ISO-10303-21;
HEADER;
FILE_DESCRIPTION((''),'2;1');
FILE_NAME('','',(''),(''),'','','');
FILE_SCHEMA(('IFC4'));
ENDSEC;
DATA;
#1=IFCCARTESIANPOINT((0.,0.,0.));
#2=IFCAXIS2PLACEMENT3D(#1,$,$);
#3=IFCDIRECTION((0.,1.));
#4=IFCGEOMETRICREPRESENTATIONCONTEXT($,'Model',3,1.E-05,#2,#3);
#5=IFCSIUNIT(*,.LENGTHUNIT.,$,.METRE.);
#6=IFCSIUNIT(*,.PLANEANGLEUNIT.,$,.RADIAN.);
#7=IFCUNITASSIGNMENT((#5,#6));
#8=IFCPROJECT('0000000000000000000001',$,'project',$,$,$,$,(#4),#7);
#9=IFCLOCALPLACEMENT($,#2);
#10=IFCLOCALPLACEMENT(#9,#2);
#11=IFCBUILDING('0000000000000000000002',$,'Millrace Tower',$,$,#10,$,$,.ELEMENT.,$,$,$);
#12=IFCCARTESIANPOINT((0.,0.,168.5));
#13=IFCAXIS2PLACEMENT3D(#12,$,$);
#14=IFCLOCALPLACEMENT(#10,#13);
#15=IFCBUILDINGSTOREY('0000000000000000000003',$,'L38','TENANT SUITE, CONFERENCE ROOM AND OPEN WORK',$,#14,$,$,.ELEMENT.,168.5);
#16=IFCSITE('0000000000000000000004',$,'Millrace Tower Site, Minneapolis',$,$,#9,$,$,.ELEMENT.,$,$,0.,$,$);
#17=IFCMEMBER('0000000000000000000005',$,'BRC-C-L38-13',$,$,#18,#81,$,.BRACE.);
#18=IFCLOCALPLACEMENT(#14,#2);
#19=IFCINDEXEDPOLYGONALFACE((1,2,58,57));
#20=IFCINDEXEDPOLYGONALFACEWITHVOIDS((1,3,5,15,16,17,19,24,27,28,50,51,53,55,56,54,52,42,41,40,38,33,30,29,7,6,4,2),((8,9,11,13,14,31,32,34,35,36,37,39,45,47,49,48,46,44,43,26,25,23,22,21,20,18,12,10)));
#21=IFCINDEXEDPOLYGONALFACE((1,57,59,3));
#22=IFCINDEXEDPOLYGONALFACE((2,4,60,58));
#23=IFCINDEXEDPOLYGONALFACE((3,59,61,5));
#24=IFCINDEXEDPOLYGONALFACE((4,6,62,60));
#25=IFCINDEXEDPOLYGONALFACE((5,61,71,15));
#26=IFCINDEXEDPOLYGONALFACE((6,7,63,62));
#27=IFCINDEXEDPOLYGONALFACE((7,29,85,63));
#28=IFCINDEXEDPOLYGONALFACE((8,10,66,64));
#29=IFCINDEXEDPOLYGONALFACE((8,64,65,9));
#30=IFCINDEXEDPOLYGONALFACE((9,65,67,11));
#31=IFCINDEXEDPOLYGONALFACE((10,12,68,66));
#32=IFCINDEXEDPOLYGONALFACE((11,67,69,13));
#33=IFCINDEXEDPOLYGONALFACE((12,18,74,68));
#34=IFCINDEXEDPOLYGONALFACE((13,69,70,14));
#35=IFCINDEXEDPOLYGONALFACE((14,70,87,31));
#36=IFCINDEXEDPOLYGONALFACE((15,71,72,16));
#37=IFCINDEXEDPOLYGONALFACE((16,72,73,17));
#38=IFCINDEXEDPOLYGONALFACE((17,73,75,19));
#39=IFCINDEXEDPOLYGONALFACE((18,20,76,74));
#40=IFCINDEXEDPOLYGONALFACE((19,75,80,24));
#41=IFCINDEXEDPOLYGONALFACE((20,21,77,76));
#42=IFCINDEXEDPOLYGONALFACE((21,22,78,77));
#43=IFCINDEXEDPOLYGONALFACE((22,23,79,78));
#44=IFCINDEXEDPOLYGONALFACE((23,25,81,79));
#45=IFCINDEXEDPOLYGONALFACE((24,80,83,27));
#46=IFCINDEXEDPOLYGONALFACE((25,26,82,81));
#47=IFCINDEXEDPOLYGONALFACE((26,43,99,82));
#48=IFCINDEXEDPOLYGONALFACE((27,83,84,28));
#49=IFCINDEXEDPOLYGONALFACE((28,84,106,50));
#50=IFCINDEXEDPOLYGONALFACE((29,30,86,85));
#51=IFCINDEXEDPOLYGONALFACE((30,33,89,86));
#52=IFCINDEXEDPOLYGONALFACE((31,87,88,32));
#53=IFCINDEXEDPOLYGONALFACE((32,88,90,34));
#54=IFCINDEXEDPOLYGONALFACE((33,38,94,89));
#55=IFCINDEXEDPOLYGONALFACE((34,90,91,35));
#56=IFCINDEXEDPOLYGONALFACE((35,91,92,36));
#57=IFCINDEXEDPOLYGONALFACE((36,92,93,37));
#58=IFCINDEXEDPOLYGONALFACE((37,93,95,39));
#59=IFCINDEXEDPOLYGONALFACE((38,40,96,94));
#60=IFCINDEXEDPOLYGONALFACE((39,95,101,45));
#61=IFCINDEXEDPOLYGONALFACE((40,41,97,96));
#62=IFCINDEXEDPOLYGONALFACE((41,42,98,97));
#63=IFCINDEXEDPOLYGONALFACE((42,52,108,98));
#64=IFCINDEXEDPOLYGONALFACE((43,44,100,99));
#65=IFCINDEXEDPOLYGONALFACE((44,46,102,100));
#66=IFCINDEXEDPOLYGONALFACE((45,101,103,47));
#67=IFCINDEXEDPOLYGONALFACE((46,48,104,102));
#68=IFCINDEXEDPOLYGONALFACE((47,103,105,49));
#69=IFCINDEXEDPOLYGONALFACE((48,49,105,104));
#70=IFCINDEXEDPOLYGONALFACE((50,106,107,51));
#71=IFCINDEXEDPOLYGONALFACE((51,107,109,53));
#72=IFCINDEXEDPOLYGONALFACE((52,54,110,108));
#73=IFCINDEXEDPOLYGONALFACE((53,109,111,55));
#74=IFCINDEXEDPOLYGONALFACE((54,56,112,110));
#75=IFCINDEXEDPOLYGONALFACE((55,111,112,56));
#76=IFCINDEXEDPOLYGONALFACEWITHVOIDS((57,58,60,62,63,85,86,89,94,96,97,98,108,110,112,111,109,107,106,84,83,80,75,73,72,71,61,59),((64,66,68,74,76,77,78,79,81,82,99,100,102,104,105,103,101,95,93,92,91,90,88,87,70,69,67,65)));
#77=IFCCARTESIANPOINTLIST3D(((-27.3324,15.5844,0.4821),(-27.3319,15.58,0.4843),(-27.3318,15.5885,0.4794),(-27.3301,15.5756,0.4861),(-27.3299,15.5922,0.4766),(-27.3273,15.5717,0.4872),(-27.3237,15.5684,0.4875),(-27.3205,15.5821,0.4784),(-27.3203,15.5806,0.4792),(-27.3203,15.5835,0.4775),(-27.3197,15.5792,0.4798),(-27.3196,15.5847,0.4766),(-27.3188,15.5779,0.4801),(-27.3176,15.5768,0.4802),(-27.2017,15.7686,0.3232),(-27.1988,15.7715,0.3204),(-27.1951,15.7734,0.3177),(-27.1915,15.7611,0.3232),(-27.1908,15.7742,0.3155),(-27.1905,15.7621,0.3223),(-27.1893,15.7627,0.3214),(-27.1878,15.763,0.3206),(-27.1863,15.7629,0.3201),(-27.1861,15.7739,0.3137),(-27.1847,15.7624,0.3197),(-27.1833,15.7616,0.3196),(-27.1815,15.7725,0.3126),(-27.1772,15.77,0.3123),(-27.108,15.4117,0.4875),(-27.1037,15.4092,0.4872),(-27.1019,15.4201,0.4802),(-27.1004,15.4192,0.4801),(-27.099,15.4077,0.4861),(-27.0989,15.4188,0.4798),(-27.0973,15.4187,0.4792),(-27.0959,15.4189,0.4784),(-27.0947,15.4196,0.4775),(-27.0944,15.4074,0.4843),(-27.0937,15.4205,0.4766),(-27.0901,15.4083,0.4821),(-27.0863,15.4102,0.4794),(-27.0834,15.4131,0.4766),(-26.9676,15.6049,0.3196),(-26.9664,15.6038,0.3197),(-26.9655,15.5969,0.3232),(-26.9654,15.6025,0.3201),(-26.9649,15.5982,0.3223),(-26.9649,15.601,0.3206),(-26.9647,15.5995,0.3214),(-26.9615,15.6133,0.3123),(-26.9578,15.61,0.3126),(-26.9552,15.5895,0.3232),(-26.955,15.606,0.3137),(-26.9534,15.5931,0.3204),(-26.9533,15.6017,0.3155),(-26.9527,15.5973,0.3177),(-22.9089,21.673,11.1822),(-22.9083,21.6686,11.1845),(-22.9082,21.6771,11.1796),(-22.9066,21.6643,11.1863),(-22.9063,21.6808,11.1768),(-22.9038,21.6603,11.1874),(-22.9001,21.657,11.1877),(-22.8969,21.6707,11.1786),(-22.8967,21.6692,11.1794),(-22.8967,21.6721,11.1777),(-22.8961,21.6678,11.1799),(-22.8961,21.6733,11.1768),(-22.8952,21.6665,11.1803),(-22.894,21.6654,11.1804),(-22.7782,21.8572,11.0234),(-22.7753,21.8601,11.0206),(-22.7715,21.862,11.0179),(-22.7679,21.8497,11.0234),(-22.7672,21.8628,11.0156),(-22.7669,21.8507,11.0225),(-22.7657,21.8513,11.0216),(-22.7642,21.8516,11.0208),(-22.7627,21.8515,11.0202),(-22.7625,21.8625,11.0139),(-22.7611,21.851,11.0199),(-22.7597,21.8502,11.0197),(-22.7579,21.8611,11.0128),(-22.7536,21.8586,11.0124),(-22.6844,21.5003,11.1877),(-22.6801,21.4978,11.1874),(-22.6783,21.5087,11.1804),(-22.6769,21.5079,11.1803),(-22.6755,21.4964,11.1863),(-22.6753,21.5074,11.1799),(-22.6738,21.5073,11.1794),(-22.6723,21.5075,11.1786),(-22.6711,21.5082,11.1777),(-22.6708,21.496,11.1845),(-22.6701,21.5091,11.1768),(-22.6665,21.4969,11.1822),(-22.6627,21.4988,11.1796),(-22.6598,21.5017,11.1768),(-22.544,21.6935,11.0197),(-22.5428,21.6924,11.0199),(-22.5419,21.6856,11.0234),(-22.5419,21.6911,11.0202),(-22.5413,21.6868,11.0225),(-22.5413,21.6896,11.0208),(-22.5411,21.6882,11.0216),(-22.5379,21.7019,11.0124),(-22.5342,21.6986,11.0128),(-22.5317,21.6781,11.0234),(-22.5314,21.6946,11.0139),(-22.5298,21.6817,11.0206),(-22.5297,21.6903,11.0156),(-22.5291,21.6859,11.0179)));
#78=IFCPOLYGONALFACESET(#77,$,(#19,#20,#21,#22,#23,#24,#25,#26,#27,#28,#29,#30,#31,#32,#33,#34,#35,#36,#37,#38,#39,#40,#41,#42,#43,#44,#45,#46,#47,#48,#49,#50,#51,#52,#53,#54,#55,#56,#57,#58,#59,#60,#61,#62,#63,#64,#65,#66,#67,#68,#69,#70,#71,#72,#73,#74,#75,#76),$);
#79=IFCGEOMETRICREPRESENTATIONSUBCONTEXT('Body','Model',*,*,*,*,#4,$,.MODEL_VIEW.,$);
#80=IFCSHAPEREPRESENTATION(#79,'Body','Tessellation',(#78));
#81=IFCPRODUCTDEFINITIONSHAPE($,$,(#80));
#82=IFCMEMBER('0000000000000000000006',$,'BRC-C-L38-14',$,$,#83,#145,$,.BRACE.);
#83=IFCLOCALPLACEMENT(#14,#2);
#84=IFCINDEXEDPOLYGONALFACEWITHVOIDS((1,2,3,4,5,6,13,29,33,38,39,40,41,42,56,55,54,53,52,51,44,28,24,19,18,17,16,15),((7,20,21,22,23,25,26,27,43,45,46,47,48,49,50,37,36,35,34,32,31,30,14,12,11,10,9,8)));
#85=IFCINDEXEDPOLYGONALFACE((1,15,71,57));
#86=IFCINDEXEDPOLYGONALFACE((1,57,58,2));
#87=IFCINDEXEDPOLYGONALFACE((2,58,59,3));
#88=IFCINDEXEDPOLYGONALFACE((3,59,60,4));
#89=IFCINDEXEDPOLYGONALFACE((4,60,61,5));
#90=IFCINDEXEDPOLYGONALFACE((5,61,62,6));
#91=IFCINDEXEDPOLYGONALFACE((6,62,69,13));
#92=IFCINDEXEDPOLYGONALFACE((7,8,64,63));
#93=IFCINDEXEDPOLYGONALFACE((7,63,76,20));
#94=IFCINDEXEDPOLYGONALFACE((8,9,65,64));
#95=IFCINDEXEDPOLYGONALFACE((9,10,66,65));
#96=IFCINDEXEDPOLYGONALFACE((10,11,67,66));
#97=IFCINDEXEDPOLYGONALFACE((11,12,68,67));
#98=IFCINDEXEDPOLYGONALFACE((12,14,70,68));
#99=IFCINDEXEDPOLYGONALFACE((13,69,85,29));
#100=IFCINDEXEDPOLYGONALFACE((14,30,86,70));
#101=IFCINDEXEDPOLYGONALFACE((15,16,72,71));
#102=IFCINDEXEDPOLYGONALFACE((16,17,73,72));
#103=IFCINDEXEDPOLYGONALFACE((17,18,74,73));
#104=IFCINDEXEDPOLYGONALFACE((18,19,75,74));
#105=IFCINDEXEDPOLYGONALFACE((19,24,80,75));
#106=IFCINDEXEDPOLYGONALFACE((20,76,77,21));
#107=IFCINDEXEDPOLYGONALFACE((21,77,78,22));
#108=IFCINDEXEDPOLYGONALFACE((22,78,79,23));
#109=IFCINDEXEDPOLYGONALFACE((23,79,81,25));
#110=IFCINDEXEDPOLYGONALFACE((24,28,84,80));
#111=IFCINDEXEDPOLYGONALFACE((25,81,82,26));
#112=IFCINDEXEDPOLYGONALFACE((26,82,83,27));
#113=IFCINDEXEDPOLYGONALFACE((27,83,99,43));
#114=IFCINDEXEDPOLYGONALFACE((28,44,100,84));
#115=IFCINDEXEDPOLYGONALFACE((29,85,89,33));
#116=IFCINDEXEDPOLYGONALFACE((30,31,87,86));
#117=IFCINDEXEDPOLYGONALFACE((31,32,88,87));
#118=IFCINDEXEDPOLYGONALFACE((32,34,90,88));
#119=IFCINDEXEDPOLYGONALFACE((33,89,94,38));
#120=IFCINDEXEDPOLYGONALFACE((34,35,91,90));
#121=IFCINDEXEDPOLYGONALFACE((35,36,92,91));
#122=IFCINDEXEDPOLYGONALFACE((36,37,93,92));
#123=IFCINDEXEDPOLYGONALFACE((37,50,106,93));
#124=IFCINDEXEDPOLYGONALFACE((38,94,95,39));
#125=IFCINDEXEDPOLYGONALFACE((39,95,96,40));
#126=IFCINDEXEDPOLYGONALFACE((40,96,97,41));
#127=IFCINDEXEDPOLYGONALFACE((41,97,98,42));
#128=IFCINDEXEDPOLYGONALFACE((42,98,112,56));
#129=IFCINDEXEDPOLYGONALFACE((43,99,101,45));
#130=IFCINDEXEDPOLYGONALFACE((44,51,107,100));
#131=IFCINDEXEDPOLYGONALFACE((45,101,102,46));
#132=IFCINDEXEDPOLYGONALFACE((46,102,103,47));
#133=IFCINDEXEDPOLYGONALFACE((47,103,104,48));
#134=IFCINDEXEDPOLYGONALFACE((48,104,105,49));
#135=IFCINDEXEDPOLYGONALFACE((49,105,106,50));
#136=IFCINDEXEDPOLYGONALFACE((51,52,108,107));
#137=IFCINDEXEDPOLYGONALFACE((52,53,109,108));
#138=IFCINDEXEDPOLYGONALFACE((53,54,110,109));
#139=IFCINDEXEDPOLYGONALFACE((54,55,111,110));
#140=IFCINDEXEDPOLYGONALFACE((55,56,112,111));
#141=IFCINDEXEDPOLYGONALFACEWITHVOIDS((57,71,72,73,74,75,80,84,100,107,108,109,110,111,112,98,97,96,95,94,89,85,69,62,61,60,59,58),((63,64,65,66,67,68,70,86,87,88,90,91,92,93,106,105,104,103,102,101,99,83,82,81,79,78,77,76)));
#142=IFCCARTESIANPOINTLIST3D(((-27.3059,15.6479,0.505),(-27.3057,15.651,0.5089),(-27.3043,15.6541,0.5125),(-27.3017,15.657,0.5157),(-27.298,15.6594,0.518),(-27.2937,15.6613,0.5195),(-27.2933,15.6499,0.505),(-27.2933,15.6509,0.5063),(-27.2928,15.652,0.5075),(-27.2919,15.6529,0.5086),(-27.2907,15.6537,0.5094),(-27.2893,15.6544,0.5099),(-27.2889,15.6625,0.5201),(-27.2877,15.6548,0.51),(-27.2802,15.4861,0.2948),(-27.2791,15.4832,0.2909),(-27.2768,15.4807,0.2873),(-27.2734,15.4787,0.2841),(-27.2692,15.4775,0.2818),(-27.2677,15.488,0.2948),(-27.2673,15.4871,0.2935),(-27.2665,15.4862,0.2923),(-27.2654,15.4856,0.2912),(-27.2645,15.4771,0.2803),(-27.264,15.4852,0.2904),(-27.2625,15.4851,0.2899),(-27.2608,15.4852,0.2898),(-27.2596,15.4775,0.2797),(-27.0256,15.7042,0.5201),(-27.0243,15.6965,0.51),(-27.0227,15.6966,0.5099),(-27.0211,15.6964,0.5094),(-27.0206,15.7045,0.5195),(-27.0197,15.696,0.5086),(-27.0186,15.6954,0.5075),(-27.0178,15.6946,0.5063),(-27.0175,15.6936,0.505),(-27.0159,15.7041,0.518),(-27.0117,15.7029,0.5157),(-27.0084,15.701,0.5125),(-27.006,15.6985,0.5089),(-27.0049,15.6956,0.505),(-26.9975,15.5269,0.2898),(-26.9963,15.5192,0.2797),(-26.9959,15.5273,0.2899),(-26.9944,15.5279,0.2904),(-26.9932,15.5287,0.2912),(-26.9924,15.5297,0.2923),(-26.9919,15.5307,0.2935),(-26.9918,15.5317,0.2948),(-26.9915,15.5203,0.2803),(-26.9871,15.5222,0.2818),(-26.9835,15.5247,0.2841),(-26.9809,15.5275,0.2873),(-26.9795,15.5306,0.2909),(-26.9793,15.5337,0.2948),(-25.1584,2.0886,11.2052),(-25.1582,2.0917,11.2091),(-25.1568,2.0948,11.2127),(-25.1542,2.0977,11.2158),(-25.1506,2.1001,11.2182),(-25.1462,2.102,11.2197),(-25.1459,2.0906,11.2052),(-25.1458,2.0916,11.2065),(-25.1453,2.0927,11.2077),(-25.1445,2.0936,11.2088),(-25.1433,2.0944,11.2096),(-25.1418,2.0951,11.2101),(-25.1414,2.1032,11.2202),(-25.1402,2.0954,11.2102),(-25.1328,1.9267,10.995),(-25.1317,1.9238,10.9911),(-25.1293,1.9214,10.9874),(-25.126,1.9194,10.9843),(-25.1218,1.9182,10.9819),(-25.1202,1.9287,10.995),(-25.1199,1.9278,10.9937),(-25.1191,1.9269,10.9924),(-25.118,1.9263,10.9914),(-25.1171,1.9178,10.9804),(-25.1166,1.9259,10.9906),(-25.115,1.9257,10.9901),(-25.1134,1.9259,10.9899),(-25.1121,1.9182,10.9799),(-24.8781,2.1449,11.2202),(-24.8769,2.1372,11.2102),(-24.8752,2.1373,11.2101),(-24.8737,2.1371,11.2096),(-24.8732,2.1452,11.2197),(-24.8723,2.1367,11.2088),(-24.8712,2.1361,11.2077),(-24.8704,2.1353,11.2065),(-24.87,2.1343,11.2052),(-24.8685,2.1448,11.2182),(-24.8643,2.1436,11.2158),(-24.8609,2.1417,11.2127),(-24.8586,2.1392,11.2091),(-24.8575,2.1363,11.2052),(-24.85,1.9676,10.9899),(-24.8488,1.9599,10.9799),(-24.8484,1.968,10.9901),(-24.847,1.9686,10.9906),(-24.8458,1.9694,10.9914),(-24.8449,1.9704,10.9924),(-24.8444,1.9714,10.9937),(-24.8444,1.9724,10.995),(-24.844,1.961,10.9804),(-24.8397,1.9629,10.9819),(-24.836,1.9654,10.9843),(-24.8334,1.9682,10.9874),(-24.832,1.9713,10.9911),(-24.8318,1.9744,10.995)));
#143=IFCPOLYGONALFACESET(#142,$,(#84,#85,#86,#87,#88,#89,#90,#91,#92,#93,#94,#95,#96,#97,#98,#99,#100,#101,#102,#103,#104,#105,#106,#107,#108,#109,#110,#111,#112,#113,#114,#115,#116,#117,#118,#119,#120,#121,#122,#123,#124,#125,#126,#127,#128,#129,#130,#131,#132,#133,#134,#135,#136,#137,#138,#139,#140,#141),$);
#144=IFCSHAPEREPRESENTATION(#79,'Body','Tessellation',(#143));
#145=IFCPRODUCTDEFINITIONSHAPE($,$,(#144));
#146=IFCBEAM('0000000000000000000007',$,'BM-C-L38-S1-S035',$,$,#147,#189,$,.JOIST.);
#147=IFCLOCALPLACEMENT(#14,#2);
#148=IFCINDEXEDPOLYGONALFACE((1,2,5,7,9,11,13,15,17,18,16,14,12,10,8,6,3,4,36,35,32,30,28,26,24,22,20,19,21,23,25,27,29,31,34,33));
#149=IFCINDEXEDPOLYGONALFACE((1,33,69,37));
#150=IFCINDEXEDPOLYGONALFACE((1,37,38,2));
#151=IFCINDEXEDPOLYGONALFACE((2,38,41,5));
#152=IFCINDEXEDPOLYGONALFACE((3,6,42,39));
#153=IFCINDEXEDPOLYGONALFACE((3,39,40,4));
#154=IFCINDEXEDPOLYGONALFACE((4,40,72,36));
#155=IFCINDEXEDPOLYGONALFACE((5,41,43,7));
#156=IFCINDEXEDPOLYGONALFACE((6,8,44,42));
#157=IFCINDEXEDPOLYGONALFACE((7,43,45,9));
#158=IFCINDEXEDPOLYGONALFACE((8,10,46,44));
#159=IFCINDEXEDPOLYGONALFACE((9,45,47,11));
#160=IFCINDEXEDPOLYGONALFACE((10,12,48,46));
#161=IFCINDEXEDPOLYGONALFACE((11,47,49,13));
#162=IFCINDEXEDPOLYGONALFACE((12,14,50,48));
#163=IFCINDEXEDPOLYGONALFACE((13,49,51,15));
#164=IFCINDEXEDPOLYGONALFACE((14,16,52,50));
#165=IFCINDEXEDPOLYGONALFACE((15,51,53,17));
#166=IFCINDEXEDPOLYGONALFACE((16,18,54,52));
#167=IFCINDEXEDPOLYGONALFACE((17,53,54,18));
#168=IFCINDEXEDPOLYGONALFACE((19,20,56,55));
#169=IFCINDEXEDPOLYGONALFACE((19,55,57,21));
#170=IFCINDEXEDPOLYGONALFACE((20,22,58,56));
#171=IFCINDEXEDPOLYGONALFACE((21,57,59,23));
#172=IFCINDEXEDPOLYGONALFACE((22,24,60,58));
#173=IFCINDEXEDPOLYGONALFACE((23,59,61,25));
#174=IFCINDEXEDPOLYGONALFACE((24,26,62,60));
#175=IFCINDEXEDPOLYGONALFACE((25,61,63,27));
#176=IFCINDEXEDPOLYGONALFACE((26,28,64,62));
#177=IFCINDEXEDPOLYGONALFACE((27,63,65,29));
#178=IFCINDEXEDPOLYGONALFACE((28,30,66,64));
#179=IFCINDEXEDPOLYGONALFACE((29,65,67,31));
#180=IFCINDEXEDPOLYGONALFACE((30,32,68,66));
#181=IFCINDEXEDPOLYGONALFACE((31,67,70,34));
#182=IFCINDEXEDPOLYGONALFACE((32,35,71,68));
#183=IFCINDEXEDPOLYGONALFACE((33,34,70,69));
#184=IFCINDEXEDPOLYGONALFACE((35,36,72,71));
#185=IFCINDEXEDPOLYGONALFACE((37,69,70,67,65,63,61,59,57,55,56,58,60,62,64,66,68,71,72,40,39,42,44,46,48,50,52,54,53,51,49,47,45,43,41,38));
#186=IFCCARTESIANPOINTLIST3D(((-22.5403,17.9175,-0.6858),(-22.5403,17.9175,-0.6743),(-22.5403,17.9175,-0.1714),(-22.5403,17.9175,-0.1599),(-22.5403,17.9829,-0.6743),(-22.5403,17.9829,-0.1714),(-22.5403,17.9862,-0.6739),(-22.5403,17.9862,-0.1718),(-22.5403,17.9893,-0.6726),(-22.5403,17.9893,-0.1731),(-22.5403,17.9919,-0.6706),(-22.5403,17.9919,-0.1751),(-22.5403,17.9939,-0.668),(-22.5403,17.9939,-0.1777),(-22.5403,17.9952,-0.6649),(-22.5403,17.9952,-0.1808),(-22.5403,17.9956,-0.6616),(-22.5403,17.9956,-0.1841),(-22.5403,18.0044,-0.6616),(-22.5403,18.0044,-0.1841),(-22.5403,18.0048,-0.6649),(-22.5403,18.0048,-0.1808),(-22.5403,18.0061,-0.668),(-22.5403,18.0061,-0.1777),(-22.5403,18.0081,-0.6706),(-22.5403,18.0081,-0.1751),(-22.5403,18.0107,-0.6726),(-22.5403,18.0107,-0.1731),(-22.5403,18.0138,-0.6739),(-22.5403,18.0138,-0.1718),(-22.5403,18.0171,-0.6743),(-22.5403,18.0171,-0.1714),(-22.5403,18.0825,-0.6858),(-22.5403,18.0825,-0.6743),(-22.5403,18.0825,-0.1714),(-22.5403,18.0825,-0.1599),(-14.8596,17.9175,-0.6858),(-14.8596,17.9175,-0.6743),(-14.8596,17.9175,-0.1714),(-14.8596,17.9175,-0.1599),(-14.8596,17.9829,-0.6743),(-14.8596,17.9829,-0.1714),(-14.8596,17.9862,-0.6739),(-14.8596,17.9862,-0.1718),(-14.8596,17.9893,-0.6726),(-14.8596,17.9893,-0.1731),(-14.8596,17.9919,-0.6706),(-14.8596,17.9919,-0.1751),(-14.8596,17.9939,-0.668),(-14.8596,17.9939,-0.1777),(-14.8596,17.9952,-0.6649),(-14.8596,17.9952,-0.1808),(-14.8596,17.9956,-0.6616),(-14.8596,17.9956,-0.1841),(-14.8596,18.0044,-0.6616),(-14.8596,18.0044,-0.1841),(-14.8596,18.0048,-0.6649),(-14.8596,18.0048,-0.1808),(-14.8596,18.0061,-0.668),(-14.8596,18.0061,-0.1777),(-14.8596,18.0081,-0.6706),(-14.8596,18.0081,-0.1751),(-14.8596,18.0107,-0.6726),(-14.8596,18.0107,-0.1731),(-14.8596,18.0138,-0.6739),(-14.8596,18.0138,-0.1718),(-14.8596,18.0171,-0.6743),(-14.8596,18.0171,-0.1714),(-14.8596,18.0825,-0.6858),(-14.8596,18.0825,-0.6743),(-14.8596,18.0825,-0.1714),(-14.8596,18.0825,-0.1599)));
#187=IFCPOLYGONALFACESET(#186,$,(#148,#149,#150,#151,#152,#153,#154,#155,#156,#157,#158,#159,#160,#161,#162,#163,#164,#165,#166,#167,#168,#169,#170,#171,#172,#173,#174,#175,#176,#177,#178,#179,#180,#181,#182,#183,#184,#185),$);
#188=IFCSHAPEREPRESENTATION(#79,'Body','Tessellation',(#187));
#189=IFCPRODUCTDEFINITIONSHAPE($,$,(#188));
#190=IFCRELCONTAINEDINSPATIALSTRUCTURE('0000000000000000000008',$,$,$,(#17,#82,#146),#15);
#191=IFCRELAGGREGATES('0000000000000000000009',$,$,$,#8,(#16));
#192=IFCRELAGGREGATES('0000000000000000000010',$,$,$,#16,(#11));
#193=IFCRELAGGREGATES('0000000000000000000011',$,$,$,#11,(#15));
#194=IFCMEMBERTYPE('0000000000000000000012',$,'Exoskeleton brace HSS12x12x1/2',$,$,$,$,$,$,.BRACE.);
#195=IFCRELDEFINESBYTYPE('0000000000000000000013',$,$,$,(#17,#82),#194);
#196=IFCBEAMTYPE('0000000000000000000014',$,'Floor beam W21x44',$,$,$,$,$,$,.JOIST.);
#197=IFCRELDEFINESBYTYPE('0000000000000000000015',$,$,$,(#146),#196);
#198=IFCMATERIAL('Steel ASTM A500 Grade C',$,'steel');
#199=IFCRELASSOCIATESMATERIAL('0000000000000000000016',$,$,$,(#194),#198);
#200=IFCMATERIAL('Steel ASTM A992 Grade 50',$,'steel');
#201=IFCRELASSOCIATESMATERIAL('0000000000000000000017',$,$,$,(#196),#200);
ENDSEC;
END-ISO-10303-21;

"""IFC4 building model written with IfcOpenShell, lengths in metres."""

from ifc_helpers import new_model, si_unit, direction, frame, origin, origin_2d, place, context, subcontext, project, spatial, hollow_rectangle, i_section, extrude, material, material_profile, profile_set, type_object, element, save


model = new_model("IFC4")

# Units and contexts
model_context = context("Model", 3, precision=1e-05, world=origin(), true_north=direction((0.0, 1.0)))
body_context = subcontext(model_context, "Body", "Model", "MODEL_VIEW")
ifc_project = project(units=[si_unit("LENGTHUNIT", "METRE"), si_unit("PLANEANGLEUNIT", "RADIAN")], contexts=[model_context])

# Site, building, storey
site_placement = place(None, origin())
site = spatial("IfcSite", under=ifc_project, at=site_placement, Name="Millrace Tower Site, Minneapolis", CompositionType="ELEMENT", RefElevation=0.0)
building_placement = place(site_placement, origin())
building = spatial("IfcBuilding", under=site, at=building_placement, Name="Millrace Tower", CompositionType="ELEMENT")
storey_placement = place(building_placement, frame((0.0, 0.0, 168.5)))
storey = spatial("IfcBuildingStorey", under=building, at=storey_placement, Name="L38", Description="TENANT SUITE, CONFERENCE ROOM AND OPEN WORK", CompositionType="ELEMENT", Elevation=168.5)

# Members
ifc_material_1 = material(Name="Steel ASTM A500 Grade C", Category="steel")
ifc_material_profile_1 = material_profile(ifc_material_1, hollow_rectangle(XDim=0.3047, YDim=0.3047, WallThickness=0.0127, InnerFilletRadius=0.0063, OuterFilletRadius=0.019, at=origin_2d()))
ifc_profile_set_1 = profile_set([ifc_material_profile_1], Name="Steel ASTM A500 Grade C")
member_type_1 = type_object("IfcMemberType", Name="Exoskeleton brace HSS12x12x1/2", PredefinedType="BRACE", material=ifc_profile_set_1)
member_1_placement = place(storey_placement, frame((-27.1426, 15.5908, 0.3999), z_axis=(0.338148, 0.465427, 0.817945), x_axis=(-0.809021, 0.58778, 0.0)))
element("IfcMember", 1, at=member_1_placement, inside=storey, type_object=member_type_1, Name="BRC-C-L38-13", PredefinedType="BRACE", context=body_context, shape_type="SweptSolid", body=[
    extrude(hollow_rectangle(XDim=0.3047, YDim=0.3047, WallThickness=0.0127, InnerFilletRadius=0.0063, OuterFilletRadius=0.019, at=origin_2d()), origin(), (0.0, 0.0, 1.0), 13.0818),
])
member_2_placement = place(storey_placement, frame((-27.1426, 15.5908, 0.3999), z_axis=(0.123376, -0.779013, 0.61475), x_axis=(0.98769, 0.156426, 0.0)))
element("IfcMember", 2, at=member_2_placement, inside=storey, type_object=member_type_1, Name="BRC-C-L38-14", PredefinedType="BRACE", context=body_context, shape_type="SweptSolid", body=[
    extrude(hollow_rectangle(XDim=0.3047, YDim=0.3047, WallThickness=0.0127, InnerFilletRadius=0.0063, OuterFilletRadius=0.019, at=origin_2d()), origin(), (0.0, 0.0, 1.0), 17.4058),
])

# Beam
ifc_material_2 = material(Name="Steel ASTM A992 Grade 50", Category="steel")
ifc_material_profile_2 = material_profile(ifc_material_2, i_section(OverallWidth=0.165, OverallDepth=0.5259, WebThickness=0.0088, FlangeThickness=0.0115, FilletRadius=0.0127, at=origin_2d()))
ifc_profile_set_2 = profile_set([ifc_material_profile_2], Name="Steel ASTM A992 Grade 50")
beam_type_1 = type_object("IfcBeamType", Name="Floor beam W21x44", PredefinedType="JOIST", material=ifc_profile_set_2)
beam_1_placement = place(storey_placement, frame((-22.5403, 18.0, -0.4229), z_axis=(1.0, 0.0, 0.0), x_axis=(0.0, 1.0, 0.0)))
element("IfcBeam", 3, at=beam_1_placement, inside=storey, type_object=beam_type_1, Name="BM-C-L38-S1-S035", PredefinedType="JOIST", context=body_context, shape_type="SweptSolid", body=[
    extrude(i_section(OverallWidth=0.165, OverallDepth=0.5259, WebThickness=0.0088, FlangeThickness=0.0115, FilletRadius=0.0127, at=origin_2d()), origin(), (0.0, 0.0, 1.0), 7.6807),
])

save(model, "model.ifc")
